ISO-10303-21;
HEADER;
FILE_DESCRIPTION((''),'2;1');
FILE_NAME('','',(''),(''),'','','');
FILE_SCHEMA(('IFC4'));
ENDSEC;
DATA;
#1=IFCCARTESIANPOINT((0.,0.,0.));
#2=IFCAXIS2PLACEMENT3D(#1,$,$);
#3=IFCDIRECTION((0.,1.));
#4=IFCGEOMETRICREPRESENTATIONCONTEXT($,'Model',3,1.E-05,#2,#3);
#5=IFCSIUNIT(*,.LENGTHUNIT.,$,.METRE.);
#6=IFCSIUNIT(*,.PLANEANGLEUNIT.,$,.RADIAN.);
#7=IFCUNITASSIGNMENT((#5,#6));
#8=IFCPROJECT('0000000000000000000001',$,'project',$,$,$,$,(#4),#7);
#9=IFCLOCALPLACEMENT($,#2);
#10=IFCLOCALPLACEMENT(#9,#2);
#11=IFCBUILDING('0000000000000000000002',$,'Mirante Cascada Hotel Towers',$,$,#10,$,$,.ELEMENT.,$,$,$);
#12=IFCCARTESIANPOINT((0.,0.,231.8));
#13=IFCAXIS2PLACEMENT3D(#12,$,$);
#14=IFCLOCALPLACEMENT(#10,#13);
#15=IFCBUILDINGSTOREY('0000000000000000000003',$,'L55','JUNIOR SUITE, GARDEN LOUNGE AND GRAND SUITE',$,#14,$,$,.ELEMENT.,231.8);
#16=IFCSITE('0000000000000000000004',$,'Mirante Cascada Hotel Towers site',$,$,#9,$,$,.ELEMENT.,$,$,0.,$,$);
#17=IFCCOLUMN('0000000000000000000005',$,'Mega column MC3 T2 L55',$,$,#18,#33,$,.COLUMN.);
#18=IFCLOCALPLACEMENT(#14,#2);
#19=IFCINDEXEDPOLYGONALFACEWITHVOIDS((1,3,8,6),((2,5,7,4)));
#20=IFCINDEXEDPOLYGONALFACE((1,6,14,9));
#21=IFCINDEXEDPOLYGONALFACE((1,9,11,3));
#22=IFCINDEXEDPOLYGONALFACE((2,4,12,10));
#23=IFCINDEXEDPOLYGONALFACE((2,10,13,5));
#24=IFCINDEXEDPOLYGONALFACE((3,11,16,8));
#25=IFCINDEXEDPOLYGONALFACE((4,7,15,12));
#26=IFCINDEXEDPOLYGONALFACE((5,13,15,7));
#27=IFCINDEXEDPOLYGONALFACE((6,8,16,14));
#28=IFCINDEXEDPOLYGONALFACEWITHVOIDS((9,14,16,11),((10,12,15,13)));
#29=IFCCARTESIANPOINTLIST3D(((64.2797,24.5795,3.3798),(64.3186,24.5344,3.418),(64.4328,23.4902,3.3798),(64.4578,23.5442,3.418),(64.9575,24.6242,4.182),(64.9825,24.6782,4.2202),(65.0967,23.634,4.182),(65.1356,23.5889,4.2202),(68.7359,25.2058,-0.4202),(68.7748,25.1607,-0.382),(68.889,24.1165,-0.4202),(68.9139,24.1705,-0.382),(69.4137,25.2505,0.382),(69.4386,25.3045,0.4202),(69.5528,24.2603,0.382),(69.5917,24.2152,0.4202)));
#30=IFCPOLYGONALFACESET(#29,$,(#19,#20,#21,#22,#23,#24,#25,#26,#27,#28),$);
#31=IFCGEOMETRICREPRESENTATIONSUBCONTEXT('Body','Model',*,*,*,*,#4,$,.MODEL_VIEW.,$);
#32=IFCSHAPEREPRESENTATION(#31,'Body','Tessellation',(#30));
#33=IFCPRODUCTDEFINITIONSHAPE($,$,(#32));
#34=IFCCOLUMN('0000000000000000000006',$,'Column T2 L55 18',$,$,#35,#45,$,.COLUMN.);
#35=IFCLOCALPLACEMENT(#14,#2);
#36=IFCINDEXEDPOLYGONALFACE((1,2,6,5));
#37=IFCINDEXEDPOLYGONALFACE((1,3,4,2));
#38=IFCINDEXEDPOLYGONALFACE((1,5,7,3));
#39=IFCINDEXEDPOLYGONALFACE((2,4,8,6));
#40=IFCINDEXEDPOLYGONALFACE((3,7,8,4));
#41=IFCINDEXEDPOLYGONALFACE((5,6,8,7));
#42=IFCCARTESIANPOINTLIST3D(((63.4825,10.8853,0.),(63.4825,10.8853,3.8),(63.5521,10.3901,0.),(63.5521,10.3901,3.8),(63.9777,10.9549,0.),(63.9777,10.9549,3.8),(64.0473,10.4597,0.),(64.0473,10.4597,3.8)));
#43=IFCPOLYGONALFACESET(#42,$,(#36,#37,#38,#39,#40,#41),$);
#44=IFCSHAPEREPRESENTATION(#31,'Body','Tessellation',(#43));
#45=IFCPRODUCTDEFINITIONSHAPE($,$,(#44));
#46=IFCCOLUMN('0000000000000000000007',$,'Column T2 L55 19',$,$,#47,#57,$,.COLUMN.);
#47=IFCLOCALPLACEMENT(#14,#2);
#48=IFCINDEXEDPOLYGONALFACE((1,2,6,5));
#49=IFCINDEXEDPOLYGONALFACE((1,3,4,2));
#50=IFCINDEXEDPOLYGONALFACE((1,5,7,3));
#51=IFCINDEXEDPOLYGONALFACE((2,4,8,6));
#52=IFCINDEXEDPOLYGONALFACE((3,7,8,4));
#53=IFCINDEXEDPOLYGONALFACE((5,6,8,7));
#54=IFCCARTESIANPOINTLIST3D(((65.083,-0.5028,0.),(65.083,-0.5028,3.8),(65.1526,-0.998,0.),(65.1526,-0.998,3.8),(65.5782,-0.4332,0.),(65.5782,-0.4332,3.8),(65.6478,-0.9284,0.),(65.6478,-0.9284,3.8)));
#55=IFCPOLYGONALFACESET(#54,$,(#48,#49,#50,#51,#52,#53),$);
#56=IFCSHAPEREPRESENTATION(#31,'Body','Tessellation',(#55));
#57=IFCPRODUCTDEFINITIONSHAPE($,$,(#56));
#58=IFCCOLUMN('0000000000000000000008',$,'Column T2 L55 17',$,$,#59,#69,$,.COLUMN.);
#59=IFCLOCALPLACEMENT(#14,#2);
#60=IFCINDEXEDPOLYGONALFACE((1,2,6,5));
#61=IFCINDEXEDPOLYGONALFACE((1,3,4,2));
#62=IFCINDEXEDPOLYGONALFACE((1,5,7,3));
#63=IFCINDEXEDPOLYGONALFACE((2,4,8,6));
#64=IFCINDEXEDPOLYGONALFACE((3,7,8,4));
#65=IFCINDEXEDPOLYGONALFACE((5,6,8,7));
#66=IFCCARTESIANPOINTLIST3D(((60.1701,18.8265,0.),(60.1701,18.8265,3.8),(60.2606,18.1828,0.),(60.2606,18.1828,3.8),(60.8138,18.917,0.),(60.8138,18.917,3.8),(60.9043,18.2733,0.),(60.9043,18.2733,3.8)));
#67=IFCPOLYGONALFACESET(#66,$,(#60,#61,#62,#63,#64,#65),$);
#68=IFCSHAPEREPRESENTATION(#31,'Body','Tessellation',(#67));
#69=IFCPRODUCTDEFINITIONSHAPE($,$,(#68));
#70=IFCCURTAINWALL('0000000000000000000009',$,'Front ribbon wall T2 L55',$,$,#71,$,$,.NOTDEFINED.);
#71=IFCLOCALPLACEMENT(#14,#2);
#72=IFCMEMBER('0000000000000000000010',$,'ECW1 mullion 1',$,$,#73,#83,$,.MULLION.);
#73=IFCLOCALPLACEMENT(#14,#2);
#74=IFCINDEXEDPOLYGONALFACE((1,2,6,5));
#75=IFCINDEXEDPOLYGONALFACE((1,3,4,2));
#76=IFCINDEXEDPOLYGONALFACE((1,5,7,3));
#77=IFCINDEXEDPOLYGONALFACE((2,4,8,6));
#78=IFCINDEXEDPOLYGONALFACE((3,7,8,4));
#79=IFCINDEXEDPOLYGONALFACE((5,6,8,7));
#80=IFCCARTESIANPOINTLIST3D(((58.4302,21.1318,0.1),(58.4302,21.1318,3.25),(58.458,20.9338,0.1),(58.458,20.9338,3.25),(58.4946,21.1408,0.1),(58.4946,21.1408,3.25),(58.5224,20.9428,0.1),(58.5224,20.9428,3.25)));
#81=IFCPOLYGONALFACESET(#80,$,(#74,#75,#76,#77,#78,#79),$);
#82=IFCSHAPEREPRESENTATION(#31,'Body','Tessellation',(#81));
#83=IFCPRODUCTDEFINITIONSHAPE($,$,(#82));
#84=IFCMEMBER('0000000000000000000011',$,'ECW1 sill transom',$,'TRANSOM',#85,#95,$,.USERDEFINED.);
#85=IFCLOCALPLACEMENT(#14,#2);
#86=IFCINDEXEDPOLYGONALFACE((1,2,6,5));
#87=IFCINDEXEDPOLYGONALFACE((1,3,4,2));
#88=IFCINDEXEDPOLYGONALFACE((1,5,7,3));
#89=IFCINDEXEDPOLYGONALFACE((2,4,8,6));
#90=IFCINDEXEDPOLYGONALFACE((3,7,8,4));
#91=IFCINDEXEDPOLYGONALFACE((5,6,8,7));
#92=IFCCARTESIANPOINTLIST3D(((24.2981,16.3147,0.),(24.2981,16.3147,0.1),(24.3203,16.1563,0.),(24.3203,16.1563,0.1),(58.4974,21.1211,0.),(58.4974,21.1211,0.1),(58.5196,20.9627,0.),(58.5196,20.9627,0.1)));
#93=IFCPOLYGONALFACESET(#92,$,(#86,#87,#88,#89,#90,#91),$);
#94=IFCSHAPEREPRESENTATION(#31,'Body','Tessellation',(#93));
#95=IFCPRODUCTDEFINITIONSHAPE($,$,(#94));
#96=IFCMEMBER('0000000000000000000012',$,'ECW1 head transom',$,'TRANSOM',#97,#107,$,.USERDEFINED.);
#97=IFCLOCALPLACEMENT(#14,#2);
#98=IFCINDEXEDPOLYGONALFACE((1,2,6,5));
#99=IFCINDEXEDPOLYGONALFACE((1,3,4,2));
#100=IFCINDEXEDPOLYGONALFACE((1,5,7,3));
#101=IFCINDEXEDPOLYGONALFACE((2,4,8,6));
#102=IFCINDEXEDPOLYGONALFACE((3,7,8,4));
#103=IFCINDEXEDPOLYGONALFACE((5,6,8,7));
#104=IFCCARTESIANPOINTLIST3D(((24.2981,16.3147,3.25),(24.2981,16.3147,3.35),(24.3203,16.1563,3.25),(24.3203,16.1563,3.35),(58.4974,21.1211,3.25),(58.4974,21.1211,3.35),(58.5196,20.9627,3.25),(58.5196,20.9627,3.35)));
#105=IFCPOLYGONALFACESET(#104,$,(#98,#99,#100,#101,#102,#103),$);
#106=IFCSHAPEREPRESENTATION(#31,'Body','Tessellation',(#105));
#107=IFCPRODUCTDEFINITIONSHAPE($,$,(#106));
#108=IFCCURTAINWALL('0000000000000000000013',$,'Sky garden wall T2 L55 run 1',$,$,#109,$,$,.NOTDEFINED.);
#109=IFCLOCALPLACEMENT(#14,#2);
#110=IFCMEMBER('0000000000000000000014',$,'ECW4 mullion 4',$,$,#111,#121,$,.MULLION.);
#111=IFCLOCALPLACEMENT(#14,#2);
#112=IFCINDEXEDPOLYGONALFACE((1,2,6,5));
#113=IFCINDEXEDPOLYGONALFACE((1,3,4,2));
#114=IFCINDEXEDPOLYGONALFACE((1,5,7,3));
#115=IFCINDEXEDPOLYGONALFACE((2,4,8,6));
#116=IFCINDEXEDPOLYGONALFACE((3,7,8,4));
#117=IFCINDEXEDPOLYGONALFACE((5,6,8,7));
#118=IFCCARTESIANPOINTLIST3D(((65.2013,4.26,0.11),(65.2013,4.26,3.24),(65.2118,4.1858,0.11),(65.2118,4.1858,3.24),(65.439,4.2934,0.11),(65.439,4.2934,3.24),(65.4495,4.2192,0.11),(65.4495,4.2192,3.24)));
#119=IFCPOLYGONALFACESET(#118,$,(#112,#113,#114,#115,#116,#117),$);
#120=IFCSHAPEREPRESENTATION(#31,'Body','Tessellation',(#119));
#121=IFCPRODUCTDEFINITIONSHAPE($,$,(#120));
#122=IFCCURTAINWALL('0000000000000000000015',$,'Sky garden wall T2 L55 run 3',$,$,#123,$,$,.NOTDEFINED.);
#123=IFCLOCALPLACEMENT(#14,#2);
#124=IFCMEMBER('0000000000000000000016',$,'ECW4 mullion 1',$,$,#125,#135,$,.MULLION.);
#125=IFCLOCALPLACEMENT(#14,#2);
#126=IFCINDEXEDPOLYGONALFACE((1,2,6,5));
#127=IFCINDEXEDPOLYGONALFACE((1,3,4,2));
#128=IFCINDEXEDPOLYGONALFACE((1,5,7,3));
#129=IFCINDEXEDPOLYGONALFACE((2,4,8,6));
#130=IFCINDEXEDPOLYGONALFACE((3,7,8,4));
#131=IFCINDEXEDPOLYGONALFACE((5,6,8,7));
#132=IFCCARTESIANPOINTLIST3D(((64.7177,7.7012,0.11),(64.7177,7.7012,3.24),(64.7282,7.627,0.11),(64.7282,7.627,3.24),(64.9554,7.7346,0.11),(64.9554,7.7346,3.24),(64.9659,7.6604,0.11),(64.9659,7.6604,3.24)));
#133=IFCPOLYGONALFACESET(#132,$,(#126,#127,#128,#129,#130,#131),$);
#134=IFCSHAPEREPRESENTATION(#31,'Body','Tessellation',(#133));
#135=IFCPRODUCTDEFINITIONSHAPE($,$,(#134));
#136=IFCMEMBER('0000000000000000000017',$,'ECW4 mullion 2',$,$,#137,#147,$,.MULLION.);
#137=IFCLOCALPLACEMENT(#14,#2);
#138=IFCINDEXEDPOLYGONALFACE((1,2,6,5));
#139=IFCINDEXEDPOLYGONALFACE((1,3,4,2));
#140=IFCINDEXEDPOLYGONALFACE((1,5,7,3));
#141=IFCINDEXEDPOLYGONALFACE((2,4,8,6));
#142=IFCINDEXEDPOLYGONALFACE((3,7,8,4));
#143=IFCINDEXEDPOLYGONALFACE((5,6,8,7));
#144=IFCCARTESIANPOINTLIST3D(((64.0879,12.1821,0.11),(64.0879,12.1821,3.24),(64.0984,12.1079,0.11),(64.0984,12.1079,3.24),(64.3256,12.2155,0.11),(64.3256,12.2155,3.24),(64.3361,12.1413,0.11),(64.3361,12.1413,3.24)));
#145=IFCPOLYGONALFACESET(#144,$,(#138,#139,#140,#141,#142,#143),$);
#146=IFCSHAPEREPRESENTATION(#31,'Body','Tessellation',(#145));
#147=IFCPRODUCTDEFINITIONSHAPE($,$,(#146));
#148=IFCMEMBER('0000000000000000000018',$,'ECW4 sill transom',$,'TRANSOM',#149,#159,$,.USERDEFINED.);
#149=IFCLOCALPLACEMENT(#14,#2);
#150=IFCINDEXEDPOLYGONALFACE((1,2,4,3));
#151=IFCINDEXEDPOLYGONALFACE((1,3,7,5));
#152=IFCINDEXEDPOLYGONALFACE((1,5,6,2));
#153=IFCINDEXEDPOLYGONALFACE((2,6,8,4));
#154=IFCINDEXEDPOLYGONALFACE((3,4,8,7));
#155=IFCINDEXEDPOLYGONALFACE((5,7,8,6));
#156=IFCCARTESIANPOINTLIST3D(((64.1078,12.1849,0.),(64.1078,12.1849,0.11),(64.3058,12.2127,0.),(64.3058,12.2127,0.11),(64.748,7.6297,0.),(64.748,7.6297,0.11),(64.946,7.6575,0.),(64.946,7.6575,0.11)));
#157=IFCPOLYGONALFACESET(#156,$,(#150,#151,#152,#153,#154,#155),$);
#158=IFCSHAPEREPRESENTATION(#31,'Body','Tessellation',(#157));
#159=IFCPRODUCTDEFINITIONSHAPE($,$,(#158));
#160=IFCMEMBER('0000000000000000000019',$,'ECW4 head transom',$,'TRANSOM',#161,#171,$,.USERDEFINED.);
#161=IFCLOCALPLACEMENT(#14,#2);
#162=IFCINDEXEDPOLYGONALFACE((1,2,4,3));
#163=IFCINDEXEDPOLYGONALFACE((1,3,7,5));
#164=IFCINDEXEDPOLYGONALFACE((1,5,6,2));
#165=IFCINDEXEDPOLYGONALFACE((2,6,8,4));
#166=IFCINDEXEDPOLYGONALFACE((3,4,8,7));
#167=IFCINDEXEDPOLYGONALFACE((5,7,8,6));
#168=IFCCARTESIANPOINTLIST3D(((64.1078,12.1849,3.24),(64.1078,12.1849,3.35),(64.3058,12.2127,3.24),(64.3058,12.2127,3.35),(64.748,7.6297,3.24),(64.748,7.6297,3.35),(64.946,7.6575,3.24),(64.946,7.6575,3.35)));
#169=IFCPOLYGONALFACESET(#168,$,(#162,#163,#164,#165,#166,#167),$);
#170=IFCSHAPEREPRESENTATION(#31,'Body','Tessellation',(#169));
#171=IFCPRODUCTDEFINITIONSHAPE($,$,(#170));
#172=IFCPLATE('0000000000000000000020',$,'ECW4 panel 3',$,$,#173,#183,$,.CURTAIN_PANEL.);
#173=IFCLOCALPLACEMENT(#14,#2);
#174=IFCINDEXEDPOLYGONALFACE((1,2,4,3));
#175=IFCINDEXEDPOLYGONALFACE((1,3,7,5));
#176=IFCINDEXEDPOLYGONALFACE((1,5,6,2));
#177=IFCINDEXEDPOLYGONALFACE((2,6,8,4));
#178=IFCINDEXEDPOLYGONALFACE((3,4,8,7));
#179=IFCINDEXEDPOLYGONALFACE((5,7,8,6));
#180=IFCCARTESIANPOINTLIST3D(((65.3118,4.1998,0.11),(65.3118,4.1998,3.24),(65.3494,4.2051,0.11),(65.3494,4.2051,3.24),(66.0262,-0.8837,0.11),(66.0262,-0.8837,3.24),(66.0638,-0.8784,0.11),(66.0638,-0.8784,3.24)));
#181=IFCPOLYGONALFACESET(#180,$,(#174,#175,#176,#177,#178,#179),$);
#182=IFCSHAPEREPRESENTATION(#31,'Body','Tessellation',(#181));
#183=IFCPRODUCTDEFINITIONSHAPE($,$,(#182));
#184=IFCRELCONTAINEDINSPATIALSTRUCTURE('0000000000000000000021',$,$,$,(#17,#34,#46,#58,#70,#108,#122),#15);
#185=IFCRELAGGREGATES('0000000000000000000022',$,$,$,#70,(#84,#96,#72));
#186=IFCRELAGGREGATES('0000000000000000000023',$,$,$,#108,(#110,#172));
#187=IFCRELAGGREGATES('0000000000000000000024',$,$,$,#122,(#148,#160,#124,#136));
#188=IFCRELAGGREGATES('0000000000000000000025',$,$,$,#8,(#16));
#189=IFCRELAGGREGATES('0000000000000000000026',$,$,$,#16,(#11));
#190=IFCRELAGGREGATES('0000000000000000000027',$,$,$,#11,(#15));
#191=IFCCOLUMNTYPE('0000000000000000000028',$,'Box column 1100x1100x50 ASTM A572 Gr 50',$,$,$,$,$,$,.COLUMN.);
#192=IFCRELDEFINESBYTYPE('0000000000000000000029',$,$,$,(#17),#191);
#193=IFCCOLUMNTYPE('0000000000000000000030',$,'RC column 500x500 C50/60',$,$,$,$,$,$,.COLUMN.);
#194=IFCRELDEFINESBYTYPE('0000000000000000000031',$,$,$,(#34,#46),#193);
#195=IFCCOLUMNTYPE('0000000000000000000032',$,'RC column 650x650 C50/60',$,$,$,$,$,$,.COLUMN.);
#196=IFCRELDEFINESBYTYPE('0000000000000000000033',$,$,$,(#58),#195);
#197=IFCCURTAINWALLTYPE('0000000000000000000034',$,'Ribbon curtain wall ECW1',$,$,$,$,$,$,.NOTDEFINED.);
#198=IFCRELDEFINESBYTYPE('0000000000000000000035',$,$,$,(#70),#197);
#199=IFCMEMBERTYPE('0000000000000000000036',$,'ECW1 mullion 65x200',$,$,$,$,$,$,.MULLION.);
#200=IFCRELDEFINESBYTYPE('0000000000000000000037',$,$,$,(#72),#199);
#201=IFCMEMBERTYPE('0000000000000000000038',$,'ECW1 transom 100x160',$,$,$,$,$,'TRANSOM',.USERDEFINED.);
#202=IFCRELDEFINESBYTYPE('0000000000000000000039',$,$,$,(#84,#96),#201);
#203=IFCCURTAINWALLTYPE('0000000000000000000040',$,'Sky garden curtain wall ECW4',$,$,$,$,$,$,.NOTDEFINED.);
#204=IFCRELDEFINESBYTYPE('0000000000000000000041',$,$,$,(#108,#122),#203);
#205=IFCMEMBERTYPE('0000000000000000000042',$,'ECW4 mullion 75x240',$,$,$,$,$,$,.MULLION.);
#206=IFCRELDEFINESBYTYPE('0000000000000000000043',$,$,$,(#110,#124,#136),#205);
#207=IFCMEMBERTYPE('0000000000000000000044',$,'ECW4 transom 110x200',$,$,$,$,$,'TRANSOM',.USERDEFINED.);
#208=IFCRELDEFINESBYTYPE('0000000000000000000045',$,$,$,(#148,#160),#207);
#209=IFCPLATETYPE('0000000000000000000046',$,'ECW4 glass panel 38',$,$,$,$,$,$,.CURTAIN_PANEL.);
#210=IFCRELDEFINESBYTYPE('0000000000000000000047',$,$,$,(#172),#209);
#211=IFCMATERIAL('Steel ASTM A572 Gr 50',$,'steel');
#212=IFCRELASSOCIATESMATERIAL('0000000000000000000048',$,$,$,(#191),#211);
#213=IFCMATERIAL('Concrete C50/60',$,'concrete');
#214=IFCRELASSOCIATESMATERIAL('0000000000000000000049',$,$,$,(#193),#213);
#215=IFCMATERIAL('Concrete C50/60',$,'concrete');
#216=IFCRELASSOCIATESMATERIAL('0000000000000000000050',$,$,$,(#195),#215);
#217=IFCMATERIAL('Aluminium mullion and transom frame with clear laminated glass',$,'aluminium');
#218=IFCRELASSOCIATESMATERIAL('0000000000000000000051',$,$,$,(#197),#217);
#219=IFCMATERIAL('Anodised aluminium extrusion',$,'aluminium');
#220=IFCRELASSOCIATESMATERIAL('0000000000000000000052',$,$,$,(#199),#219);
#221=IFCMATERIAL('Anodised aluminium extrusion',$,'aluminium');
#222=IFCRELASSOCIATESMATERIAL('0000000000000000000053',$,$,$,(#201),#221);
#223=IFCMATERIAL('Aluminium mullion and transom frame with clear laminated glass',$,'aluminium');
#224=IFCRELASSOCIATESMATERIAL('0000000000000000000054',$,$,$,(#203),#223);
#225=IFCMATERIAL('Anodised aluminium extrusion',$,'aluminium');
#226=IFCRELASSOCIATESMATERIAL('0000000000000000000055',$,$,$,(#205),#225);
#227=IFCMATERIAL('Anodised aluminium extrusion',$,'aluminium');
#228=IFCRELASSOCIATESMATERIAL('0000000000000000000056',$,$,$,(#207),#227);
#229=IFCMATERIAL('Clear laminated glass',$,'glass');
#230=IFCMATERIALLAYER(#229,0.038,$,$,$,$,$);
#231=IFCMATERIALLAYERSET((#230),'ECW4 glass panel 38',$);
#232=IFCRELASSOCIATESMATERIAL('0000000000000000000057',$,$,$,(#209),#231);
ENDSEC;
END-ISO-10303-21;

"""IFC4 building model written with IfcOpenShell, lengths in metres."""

from ifc_helpers import new_model, si_unit, direction, frame, origin, origin_2d, place, context, subcontext, project, spatial, rectangle, hollow_rectangle, extrude, material, layer, layer_set, material_profile, profile_set, type_object, element, aggregate, save


model = new_model("IFC4")

# Units and contexts
model_context = context("Model", 3, precision=1e-05, world=origin(), true_north=direction((0.0, 1.0)))
body_context = subcontext(model_context, "Body", "Model", "MODEL_VIEW")
ifc_project = project(units=[si_unit("LENGTHUNIT", "METRE"), si_unit("PLANEANGLEUNIT", "RADIAN")], contexts=[model_context])

# Site, building, storey
site_placement = place(None, origin())
site = spatial("IfcSite", under=ifc_project, at=site_placement, Name="Mirante Cascada Hotel Towers site", CompositionType="ELEMENT", RefElevation=0.0)
building_placement = place(site_placement, origin())
building = spatial("IfcBuilding", under=site, at=building_placement, Name="Mirante Cascada Hotel Towers", CompositionType="ELEMENT")
storey_placement = place(building_placement, frame((0.0, 0.0, 231.8)))
storey = spatial("IfcBuildingStorey", under=building, at=storey_placement, Name="L55", Description="JUNIOR SUITE, GARDEN LOUNGE AND GRAND SUITE", CompositionType="ELEMENT", Elevation=231.8)

# Columns
ifc_material_1 = material(Name="Steel ASTM A572 Gr 50", Category="steel")
ifc_material_profile_1 = material_profile(ifc_material_1, hollow_rectangle(XDim=1.1, YDim=1.1, WallThickness=0.05, at=origin_2d()), Name="Box column 1100x1100x50 ASTM A572 Gr 50")
ifc_profile_set_1 = profile_set([ifc_material_profile_1], Name="Steel ASTM A572 Gr 50")
column_type_1 = type_object("IfcColumnType", Name="Box column 1100x1100x50 ASTM A572 Gr 50", PredefinedType="COLUMN", material=ifc_profile_set_1)
column_1_placement = place(storey_placement, frame((69.1638, 24.7105, 0.0), z_axis=(-0.756594, -0.106336, 0.645181), x_axis=(0.139178, -0.990267, 0.0)))
element("IfcColumn", 1, at=column_1_placement, inside=storey, type_object=column_type_1, Name="Mega column MC3 T2 L55", PredefinedType="COLUMN", context=body_context, shape_type="SweptSolid", body=[
    extrude(hollow_rectangle(XDim=1.1, YDim=1.1, WallThickness=0.05, at=origin_2d()), origin(), (0.0, 0.0, 1.0), 5.8898),
])
ifc_material_2 = material(Name="Concrete C50/60", Category="concrete")
ifc_material_profile_2 = material_profile(ifc_material_2, rectangle(XDim=0.5, YDim=0.5, at=origin_2d()), Name="RC column 500x500 C50/60")
ifc_profile_set_2 = profile_set([ifc_material_profile_2], Name="Concrete C50/60")
column_type_2 = type_object("IfcColumnType", Name="RC column 500x500 C50/60", PredefinedType="COLUMN", material=ifc_profile_set_2)
for number, where, z_axis, x_axis, name in (
    (2, (63.7649, 10.6725, 0.0), (0.0, 0.0, 1.0), (0.990268, 0.139173, 0.0), "Column T2 L55 18"),
    (3, (65.3654, -0.7156, 0.0), (0.0, 0.0, 1.0), (0.990268, 0.139173, 0.0), "Column T2 L55 19"),
):
    element("IfcColumn", number, at=place(storey_placement, frame(where, z_axis=z_axis, x_axis=x_axis)), inside=storey, type_object=column_type_2, Name=name, PredefinedType="COLUMN", context=body_context, shape_type="SweptSolid", body=[
        extrude(rectangle(XDim=0.5, YDim=0.5, at=origin_2d()), origin(), (0.0, 0.0, 1.0), 3.8),
    ])
ifc_material_3 = material(Name="Concrete C50/60", Category="concrete")
ifc_material_profile_3 = material_profile(ifc_material_3, rectangle(XDim=0.65, YDim=0.65, at=origin_2d()), Name="RC column 650x650 C50/60")
ifc_profile_set_3 = profile_set([ifc_material_profile_3], Name="Concrete C50/60")
column_type_3 = type_object("IfcColumnType", Name="RC column 650x650 C50/60", PredefinedType="COLUMN", material=ifc_profile_set_3)
column_2_placement = place(storey_placement, frame((60.5372, 18.5499, 0.0), z_axis=(0.0, 0.0, 1.0), x_axis=(0.990268, 0.139173, 0.0)))
element("IfcColumn", 4, at=column_2_placement, inside=storey, type_object=column_type_3, Name="Column T2 L55 17", PredefinedType="COLUMN", context=body_context, shape_type="SweptSolid", body=[
    extrude(rectangle(XDim=0.65, YDim=0.65, at=origin_2d()), origin(), (0.0, 0.0, 1.0), 3.8),
])

# Curtain wall, members
ifc_material_4 = material(Name="Aluminium mullion and transom frame with clear laminated glass", Category="aluminium")
curtain_wall_type_1 = type_object("IfcCurtainWallType", Name="Ribbon curtain wall ECW1", PredefinedType="NOTDEFINED", material=ifc_material_4)
curtain_wall_1_placement = place(storey_placement, origin())
curtain_wall_1 = element("IfcCurtainWall", 5, at=curtain_wall_1_placement, inside=storey, type_object=curtain_wall_type_1, Name="Front ribbon wall T2 L55", PredefinedType="NOTDEFINED")
ifc_material_5 = material(Name="Anodised aluminium extrusion", Category="aluminium")
ifc_material_profile_4 = material_profile(ifc_material_5, rectangle(XDim=0.2, YDim=0.065, at=origin_2d()), Name="ECW1 MULLION 65x200")
ifc_profile_set_4 = profile_set([ifc_material_profile_4], Name="Anodised aluminium extrusion")
member_type_1 = type_object("IfcMemberType", Name="ECW1 mullion 65x200", PredefinedType="MULLION", material=ifc_profile_set_4)
member_1_placement = place(storey_placement, frame((58.4763, 21.0373, 0.1), z_axis=(0.0, 0.0, 1.0), x_axis=(0.139173, -0.990268, 0.0)))
member_1 = element("IfcMember", 6, at=member_1_placement, type_object=member_type_1, Name="ECW1 mullion 1", PredefinedType="MULLION", context=body_context, shape_type="SweptSolid", body=[
    extrude(rectangle(XDim=0.2, YDim=0.065, at=origin_2d()), origin(), (0.0, 0.0, 1.0), 3.15),
])
ifc_material_6 = material(Name="Anodised aluminium extrusion", Category="aluminium")
ifc_material_profile_5 = material_profile(ifc_material_6, rectangle(XDim=0.16, YDim=0.1, at=origin_2d()), Name="ECW1 TRANSOM 100x160")
ifc_profile_set_5 = profile_set([ifc_material_profile_5], Name="Anodised aluminium extrusion")
member_type_2 = type_object("IfcMemberType", Name="ECW1 transom 100x160", ElementType="TRANSOM", PredefinedType="USERDEFINED", material=ifc_profile_set_5)
member_2_placement = place(storey_placement, frame((58.5085, 21.0419, 0.05), z_axis=(-0.990268, -0.139173, 0.0), x_axis=(0.139173, -0.990268, 0.0)))
member_2 = element("IfcMember", 7, at=member_2_placement, type_object=member_type_2, Name="ECW1 sill transom", ObjectType="TRANSOM", PredefinedType="USERDEFINED", context=body_context, shape_type="SweptSolid", body=[
    extrude(rectangle(XDim=0.16, YDim=0.1, at=origin_2d()), origin(), (0.0, 0.0, 1.0), 34.5354),
])
member_3_placement = place(storey_placement, frame((58.5085, 21.0419, 3.3), z_axis=(-0.990268, -0.139173, 0.0), x_axis=(0.139173, -0.990268, 0.0)))
member_3 = element("IfcMember", 8, at=member_3_placement, type_object=member_type_2, Name="ECW1 head transom", ObjectType="TRANSOM", PredefinedType="USERDEFINED", context=body_context, shape_type="SweptSolid", body=[
    extrude(rectangle(XDim=0.16, YDim=0.1, at=origin_2d()), origin(), (0.0, 0.0, 1.0), 34.5354),
])
aggregate(curtain_wall_1, [member_2, member_3, member_1])

# Curtain wall, member
ifc_material_7 = material(Name="Aluminium mullion and transom frame with clear laminated glass", Category="aluminium")
curtain_wall_type_2 = type_object("IfcCurtainWallType", Name="Sky garden curtain wall ECW4", PredefinedType="NOTDEFINED", material=ifc_material_7)
curtain_wall_2_placement = place(storey_placement, origin())
curtain_wall_2 = element("IfcCurtainWall", 9, at=curtain_wall_2_placement, inside=storey, type_object=curtain_wall_type_2, Name="Sky garden wall T2 L55 run 1", PredefinedType="NOTDEFINED")
ifc_material_8 = material(Name="Anodised aluminium extrusion", Category="aluminium")
ifc_material_profile_6 = material_profile(ifc_material_8, rectangle(XDim=0.24, YDim=0.075, at=origin_2d()), Name="ECW4 MULLION 75x240")
ifc_profile_set_6 = profile_set([ifc_material_profile_6], Name="Anodised aluminium extrusion")
member_type_3 = type_object("IfcMemberType", Name="ECW4 mullion 75x240", PredefinedType="MULLION", material=ifc_profile_set_6)
member_4_placement = place(storey_placement, frame((65.3254, 4.2396, 0.11), z_axis=(0.0, 0.0, 1.0), x_axis=(-0.990268, -0.139173, 0.0)))
member_4 = element("IfcMember", 10, at=member_4_placement, type_object=member_type_3, Name="ECW4 mullion 4", PredefinedType="MULLION", context=body_context, shape_type="SweptSolid", body=[
    extrude(rectangle(XDim=0.24, YDim=0.075, at=origin_2d()), origin(), (0.0, 0.0, 1.0), 3.13),
])

# Curtain wall, members
curtain_wall_3_placement = place(storey_placement, origin())
curtain_wall_3 = element("IfcCurtainWall", 11, at=curtain_wall_3_placement, inside=storey, type_object=curtain_wall_type_2, Name="Sky garden wall T2 L55 run 3", PredefinedType="NOTDEFINED")
member_5_placement = place(storey_placement, frame((64.8418, 7.6808, 0.11), z_axis=(0.0, 0.0, 1.0), x_axis=(-0.990268, -0.139173, 0.0)))
member_5 = element("IfcMember", 12, at=member_5_placement, type_object=member_type_3, Name="ECW4 mullion 1", PredefinedType="MULLION", context=body_context, shape_type="SweptSolid", body=[
    extrude(rectangle(XDim=0.24, YDim=0.075, at=origin_2d()), origin(), (0.0, 0.0, 1.0), 3.13),
])
member_6_placement = place(storey_placement, frame((64.212, 12.1617, 0.11), z_axis=(0.0, 0.0, 1.0), x_axis=(-0.990268, -0.139173, 0.0)))
member_6 = element("IfcMember", 13, at=member_6_placement, type_object=member_type_3, Name="ECW4 mullion 2", PredefinedType="MULLION", context=body_context, shape_type="SweptSolid", body=[
    extrude(rectangle(XDim=0.24, YDim=0.075, at=origin_2d()), origin(), (0.0, 0.0, 1.0), 3.13),
])
ifc_material_9 = material(Name="Anodised aluminium extrusion", Category="aluminium")
ifc_material_profile_7 = material_profile(ifc_material_9, rectangle(XDim=0.2, YDim=0.11, at=origin_2d()), Name="ECW4 TRANSOM 110x200")
ifc_profile_set_7 = profile_set([ifc_material_profile_7], Name="Anodised aluminium extrusion")
member_type_4 = type_object("IfcMemberType", Name="ECW4 transom 110x200", ElementType="TRANSOM", PredefinedType="USERDEFINED", material=ifc_profile_set_7)
member_7_placement = place(storey_placement, frame((64.847, 7.6436, 0.055), z_axis=(-0.139175, 0.990268, 0.0), x_axis=(-0.990268, -0.139175, 0.0)))
member_7 = element("IfcMember", 14, at=member_7_placement, type_object=member_type_4, Name="ECW4 sill transom", ObjectType="TRANSOM", PredefinedType="USERDEFINED", context=body_context, shape_type="SweptSolid", body=[
    extrude(rectangle(XDim=0.2, YDim=0.11, at=origin_2d()), origin(), (0.0, 0.0, 1.0), 4.6),
])
member_8_placement = place(storey_placement, frame((64.847, 7.6436, 3.295), z_axis=(-0.139175, 0.990268, 0.0), x_axis=(-0.990268, -0.139175, 0.0)))
member_8 = element("IfcMember", 15, at=member_8_placement, type_object=member_type_4, Name="ECW4 head transom", ObjectType="TRANSOM", PredefinedType="USERDEFINED", context=body_context, shape_type="SweptSolid", body=[
    extrude(rectangle(XDim=0.2, YDim=0.11, at=origin_2d()), origin(), (0.0, 0.0, 1.0), 4.6),
])

# Plate
ifc_material_10 = material(Name="Clear laminated glass", Category="glass")
ifc_layer_1 = layer(ifc_material_10, 0.038)
ifc_layer_set_1 = layer_set([ifc_layer_1], Name="ECW4 glass panel 38")
plate_type = type_object("IfcPlateType", Name="ECW4 glass panel 38", PredefinedType="CURTAIN_PANEL", material=ifc_layer_set_1)
plate_1_placement = place(storey_placement, frame((65.6878, 1.6607, 0.11), z_axis=(0.0, 0.0, 1.0), x_axis=(-0.139173, 0.990268, 0.0)))
plate_1 = element("IfcPlate", 16, at=plate_1_placement, type_object=plate_type, Name="ECW4 panel 3", PredefinedType="CURTAIN_PANEL", context=body_context, shape_type="SweptSolid", body=[
    extrude(rectangle(XDim=5.1335, YDim=0.038, at=origin_2d()), origin(), (0.0, 0.0, 1.0), 3.13),
])
aggregate(curtain_wall_2, [member_4, plate_1])
aggregate(curtain_wall_3, [member_7, member_8, member_5, member_6])

save(model, "model.ifc")
